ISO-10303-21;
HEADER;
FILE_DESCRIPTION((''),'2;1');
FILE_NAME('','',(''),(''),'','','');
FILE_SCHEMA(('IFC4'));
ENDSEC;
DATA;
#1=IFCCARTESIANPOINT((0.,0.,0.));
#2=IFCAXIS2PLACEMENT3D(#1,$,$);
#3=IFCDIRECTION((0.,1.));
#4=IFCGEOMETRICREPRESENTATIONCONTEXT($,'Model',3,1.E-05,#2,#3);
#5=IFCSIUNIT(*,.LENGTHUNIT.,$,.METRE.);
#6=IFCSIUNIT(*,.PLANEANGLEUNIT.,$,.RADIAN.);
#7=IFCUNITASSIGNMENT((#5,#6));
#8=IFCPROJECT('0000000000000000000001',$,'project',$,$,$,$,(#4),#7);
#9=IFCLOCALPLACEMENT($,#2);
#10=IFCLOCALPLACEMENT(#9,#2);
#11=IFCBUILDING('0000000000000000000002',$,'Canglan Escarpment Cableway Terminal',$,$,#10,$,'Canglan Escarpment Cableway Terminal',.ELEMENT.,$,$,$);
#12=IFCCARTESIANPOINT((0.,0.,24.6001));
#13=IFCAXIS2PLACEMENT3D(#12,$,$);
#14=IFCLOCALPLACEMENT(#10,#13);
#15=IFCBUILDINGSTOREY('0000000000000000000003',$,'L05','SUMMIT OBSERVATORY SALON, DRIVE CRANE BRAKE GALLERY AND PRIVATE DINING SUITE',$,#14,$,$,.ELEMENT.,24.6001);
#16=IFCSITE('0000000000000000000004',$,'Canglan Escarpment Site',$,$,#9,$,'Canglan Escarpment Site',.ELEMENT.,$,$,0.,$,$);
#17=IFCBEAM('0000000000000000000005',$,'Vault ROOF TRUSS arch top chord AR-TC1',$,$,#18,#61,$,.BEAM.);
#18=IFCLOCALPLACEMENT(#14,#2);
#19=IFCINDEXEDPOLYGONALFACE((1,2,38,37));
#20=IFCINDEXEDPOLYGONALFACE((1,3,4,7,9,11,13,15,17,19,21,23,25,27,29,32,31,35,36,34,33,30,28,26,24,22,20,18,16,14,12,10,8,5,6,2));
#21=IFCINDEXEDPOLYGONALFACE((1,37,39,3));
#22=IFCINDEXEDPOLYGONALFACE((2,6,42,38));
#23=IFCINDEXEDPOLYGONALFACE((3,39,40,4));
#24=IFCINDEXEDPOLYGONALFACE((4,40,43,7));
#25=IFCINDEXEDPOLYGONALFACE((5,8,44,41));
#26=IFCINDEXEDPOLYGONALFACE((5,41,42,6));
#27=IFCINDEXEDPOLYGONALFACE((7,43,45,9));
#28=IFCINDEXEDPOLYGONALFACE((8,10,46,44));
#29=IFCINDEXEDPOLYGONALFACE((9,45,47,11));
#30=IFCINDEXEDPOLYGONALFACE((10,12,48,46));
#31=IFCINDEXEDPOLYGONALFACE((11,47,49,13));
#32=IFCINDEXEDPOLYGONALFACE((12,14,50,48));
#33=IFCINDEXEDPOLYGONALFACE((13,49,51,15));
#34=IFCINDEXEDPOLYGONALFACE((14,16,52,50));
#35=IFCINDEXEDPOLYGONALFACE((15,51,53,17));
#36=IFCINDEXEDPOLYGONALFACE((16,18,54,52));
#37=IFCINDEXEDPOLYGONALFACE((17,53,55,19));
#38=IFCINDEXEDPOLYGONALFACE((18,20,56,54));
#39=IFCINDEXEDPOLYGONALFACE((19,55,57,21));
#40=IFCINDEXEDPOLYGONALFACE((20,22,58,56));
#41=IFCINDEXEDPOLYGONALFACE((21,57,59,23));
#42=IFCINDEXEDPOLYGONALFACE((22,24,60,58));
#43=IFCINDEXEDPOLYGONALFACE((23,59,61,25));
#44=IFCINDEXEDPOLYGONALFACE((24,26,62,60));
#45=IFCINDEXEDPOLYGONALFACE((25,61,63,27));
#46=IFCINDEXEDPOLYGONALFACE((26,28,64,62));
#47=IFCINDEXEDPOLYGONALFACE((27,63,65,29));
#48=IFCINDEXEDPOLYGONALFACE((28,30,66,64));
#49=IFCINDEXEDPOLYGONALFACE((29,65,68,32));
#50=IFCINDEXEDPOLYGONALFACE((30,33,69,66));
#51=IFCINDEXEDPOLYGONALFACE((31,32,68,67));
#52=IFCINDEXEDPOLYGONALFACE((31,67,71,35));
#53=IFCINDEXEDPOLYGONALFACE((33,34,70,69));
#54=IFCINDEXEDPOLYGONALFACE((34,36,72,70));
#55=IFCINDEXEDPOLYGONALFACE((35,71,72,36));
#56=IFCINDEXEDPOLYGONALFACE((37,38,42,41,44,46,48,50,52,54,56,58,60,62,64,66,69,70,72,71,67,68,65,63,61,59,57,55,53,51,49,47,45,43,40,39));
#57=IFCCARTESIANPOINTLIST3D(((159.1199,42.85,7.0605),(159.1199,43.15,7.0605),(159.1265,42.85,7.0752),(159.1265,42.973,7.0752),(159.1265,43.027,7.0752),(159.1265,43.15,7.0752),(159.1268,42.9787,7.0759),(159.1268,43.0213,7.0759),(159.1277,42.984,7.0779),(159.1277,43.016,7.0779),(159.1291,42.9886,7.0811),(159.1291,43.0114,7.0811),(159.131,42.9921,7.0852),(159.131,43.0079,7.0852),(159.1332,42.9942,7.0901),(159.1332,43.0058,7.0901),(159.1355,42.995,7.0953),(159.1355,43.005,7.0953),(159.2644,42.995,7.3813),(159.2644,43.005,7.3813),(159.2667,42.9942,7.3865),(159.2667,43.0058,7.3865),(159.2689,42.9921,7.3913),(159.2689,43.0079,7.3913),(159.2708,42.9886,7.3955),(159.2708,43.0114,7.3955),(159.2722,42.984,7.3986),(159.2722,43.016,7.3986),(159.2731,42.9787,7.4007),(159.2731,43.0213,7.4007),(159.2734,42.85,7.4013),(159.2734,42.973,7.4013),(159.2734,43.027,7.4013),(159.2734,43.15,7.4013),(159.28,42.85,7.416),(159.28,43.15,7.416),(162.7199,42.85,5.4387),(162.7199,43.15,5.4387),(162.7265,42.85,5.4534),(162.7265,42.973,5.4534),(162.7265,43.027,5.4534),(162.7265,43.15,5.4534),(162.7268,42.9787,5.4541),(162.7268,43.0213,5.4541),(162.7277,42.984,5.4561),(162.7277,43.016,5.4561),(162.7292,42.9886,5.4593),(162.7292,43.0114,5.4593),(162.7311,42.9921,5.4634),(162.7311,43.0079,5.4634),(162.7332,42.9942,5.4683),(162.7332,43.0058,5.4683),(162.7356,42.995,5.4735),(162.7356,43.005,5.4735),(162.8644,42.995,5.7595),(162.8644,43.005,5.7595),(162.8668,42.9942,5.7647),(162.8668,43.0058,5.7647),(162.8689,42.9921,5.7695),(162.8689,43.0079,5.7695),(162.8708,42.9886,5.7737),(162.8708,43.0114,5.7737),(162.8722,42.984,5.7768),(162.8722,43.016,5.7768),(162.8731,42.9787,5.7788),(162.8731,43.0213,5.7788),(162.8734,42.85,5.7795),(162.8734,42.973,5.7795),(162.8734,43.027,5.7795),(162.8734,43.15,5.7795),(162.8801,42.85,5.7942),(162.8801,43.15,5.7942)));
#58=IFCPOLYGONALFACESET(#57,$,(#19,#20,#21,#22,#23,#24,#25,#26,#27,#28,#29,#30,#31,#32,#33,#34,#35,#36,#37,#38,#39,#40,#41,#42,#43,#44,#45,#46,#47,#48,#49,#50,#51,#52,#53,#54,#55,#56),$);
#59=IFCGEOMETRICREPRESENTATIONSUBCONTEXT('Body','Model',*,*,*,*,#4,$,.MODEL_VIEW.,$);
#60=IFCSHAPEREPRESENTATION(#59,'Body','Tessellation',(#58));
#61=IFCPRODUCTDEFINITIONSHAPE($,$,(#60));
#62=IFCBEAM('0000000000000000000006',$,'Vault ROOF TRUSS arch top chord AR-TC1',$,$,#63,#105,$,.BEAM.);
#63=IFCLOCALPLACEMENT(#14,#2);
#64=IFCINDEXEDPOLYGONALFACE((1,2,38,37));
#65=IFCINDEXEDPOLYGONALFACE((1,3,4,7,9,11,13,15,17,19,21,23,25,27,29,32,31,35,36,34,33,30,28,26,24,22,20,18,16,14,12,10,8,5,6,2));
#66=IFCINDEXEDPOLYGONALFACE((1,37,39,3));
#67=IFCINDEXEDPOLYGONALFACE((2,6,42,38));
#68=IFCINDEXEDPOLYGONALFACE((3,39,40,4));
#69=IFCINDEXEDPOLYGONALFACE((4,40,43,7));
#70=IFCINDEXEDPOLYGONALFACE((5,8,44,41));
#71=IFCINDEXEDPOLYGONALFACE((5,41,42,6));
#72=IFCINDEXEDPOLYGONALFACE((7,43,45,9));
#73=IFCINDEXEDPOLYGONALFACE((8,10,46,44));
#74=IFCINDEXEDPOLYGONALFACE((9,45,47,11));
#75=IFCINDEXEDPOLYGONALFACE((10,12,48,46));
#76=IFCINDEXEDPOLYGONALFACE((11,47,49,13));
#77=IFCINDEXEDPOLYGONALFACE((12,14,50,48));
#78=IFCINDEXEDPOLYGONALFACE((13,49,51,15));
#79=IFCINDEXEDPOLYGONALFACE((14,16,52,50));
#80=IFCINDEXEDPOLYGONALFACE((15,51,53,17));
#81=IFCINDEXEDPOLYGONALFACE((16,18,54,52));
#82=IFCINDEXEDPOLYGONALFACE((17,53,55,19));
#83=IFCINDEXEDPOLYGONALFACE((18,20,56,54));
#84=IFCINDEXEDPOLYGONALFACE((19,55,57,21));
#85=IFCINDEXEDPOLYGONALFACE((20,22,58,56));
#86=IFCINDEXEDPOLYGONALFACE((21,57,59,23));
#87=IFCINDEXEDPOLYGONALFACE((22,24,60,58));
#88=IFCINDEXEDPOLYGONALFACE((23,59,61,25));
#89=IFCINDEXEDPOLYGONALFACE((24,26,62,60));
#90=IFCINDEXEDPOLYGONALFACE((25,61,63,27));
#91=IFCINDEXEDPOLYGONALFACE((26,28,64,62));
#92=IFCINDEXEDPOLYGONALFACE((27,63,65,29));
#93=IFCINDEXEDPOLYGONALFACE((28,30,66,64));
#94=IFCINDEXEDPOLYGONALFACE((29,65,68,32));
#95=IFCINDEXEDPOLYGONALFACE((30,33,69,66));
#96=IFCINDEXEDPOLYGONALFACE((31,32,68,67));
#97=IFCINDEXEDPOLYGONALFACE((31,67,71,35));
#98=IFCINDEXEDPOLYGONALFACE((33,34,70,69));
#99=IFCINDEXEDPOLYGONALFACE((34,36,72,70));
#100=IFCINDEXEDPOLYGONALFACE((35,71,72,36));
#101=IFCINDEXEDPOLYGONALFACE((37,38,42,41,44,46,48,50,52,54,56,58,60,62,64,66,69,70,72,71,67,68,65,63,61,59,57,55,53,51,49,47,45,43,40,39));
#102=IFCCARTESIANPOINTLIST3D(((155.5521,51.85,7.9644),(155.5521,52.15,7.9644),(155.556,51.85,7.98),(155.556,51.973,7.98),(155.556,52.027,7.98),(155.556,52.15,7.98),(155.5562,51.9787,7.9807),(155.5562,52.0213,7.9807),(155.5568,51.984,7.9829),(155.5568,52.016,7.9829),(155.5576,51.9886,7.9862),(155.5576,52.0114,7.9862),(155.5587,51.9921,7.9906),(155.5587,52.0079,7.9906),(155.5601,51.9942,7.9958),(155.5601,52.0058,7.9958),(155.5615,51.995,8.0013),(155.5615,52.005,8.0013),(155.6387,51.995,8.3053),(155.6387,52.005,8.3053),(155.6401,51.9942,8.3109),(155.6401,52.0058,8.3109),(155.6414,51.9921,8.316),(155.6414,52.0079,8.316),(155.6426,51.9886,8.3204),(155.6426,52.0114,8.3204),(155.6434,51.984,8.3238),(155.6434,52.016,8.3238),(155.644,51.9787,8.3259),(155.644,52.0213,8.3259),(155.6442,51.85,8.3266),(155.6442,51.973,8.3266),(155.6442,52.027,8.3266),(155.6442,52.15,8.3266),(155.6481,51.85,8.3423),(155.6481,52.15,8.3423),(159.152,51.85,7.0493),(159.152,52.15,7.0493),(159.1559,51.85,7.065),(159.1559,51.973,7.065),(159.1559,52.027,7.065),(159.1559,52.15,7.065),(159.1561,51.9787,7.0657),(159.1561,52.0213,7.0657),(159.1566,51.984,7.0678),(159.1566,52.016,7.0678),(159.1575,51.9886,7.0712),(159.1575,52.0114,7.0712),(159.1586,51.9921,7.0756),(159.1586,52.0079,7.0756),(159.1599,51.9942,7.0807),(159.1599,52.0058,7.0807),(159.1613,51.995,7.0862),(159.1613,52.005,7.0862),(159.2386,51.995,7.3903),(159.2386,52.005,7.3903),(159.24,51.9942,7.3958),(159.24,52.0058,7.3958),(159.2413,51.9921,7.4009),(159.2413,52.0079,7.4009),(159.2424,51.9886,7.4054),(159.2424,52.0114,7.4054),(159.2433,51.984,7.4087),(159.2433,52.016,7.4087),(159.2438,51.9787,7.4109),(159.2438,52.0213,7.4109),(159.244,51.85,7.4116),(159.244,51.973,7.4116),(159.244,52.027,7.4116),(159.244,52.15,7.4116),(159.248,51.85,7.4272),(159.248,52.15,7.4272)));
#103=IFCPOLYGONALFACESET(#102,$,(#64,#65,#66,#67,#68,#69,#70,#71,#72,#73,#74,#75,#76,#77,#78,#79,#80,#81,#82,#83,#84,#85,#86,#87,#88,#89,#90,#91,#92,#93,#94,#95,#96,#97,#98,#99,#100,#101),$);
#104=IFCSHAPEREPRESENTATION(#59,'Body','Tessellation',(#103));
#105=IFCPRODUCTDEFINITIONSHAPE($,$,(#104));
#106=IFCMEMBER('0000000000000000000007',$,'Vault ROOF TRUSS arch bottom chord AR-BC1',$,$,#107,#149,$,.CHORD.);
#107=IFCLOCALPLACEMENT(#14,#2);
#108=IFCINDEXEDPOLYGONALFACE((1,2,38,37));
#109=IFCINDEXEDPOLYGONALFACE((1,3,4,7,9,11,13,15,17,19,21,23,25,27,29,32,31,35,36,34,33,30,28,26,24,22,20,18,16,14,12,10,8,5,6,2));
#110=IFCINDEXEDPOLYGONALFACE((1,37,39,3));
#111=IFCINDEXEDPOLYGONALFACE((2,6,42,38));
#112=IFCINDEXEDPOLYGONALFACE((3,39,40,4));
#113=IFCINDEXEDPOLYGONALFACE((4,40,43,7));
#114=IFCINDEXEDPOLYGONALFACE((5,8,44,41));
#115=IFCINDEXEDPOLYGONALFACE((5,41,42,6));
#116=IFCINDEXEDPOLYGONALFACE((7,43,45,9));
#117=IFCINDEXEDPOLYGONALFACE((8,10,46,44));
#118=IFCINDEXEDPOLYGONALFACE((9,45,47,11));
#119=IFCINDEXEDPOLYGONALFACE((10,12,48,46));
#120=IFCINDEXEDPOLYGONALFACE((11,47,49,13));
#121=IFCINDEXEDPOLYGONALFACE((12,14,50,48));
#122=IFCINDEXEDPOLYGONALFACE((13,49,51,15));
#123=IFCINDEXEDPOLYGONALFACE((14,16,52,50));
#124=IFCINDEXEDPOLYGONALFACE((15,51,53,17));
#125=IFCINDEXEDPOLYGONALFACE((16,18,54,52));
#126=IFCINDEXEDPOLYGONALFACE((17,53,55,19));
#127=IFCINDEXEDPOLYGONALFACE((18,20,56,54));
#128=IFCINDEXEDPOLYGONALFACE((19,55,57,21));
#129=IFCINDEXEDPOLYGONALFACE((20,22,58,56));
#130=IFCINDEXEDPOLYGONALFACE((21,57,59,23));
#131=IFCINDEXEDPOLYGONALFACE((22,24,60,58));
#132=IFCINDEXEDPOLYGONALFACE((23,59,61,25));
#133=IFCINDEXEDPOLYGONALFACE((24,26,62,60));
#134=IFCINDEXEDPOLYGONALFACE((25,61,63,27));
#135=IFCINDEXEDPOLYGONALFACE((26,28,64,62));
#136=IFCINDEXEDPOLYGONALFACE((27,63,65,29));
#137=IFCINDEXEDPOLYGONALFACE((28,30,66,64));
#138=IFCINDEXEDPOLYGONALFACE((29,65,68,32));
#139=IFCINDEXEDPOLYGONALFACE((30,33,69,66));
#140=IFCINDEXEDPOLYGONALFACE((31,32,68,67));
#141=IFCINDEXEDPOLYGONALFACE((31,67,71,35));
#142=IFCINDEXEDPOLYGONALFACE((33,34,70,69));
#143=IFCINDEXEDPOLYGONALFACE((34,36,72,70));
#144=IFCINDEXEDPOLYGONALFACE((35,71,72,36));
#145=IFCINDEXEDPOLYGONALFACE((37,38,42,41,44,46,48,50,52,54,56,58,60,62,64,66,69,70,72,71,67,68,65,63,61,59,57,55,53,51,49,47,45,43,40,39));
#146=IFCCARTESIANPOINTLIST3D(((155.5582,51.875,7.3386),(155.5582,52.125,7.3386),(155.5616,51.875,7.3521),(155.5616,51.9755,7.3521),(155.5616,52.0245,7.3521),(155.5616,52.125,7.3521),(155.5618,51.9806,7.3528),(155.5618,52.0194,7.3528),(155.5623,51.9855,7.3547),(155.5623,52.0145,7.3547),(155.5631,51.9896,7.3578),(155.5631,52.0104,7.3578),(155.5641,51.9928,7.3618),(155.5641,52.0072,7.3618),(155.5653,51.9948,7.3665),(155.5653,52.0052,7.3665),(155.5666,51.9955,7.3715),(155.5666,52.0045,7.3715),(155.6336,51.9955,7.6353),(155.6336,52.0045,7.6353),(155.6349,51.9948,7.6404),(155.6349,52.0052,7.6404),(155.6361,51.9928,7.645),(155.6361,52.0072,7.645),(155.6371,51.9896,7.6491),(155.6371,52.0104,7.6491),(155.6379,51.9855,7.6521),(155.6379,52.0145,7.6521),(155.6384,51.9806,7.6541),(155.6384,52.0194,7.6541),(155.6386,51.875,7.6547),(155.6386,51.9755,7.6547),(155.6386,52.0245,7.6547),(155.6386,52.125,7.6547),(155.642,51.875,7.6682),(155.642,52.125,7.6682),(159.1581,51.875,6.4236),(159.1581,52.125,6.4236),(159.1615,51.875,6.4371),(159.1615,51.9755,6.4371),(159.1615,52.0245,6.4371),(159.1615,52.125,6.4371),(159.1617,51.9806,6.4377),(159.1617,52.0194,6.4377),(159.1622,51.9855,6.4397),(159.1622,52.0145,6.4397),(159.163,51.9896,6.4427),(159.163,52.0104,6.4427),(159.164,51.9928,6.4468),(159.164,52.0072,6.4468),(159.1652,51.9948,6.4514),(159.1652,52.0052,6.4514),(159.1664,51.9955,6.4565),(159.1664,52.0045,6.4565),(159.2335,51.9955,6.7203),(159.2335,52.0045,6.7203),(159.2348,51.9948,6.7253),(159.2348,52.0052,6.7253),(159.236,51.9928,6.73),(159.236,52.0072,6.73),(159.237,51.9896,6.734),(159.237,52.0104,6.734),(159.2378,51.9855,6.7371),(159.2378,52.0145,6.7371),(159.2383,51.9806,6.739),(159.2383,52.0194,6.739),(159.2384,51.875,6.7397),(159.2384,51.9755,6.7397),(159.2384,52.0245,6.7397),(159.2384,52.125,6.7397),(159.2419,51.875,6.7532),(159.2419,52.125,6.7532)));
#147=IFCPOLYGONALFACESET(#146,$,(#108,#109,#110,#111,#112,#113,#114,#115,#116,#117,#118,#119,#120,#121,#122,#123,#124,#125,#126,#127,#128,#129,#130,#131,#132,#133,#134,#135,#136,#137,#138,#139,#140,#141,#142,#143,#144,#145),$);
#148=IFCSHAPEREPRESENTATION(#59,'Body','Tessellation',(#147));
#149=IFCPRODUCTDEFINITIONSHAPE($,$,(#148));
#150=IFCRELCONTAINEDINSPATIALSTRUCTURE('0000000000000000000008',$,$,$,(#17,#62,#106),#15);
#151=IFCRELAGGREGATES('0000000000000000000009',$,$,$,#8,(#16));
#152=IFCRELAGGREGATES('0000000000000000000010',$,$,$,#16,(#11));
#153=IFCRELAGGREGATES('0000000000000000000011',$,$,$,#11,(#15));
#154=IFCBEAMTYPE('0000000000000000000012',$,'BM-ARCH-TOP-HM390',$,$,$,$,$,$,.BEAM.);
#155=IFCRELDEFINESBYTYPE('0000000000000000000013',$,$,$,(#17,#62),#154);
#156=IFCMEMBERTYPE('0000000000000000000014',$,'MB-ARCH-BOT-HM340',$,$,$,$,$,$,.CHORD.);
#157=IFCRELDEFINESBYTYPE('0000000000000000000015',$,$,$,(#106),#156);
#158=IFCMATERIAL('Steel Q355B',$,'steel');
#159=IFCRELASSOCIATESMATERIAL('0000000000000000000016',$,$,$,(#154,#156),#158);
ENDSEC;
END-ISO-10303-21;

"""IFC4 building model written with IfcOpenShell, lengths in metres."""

from ifc_helpers import new_model, si_unit, direction, frame, origin, origin_2d, place, context, subcontext, project, spatial, i_section, extrude, material, material_profile, profile_set, type_object, element, save


model = new_model("IFC4")

# Units and contexts
model_context = context("Model", 3, precision=1e-05, world=origin(), true_north=direction((0.0, 1.0)))
body_context = subcontext(model_context, "Body", "Model", "MODEL_VIEW")
ifc_project = project(units=[si_unit("LENGTHUNIT", "METRE"), si_unit("PLANEANGLEUNIT", "RADIAN")], contexts=[model_context])

# Site, building, storey
site_placement = place(None, origin())
site = spatial("IfcSite", under=ifc_project, at=site_placement, Name="Canglan Escarpment Site", LongName="Canglan Escarpment Site", CompositionType="ELEMENT", RefElevation=0.0)
building_placement = place(site_placement, origin())
building = spatial("IfcBuilding", under=site, at=building_placement, Name="Canglan Escarpment Cableway Terminal", LongName="Canglan Escarpment Cableway Terminal", CompositionType="ELEMENT")
storey_placement = place(building_placement, frame((0.0, 0.0, 24.6001)))
storey = spatial("IfcBuildingStorey", under=building, at=storey_placement, Name="L05", Description="SUMMIT OBSERVATORY SALON, DRIVE CRANE BRAKE GALLERY AND PRIVATE DINING SUITE", CompositionType="ELEMENT", Elevation=24.6001)

# Beams
ifc_material_1 = material(Name="Steel Q355B", Category="steel")
ifc_material_profile_1 = material_profile(ifc_material_1, i_section(OverallWidth=0.3, OverallDepth=0.3899, WebThickness=0.01, FlangeThickness=0.0161, FilletRadius=0.022, at=origin_2d()), Name="HM 390x300x10x16")
ifc_profile_set_1 = profile_set([ifc_material_profile_1], Name="Steel Q355B")
beam_type = type_object("IfcBeamType", Name="BM-ARCH-TOP-HM390", PredefinedType="BEAM", material=ifc_profile_set_1)
beam_1_placement = place(storey_placement, frame((159.2, 43.0, 7.2383), z_axis=(0.911753, 0.0, -0.41074), x_axis=(0.0, 1.0, 0.0)))
element("IfcBeam", 1, at=beam_1_placement, inside=storey, type_object=beam_type, Name="Vault ROOF TRUSS arch top chord AR-TC1", PredefinedType="BEAM", context=body_context, shape_type="SweptSolid", body=[
    extrude(i_section(OverallWidth=0.3, OverallDepth=0.3899, WebThickness=0.01, FlangeThickness=0.0161, FilletRadius=0.022, at=origin_2d()), origin(), (0.0, 0.0, 1.0), 3.9485),
])
beam_2_placement = place(storey_placement, frame((155.6001, 52.0, 8.1533), z_axis=(0.96918, 0.0, -0.246354), x_axis=(0.0, 1.0, 0.0)))
element("IfcBeam", 2, at=beam_2_placement, inside=storey, type_object=beam_type, Name="Vault ROOF TRUSS arch top chord AR-TC1", PredefinedType="BEAM", context=body_context, shape_type="SweptSolid", body=[
    extrude(i_section(OverallWidth=0.3, OverallDepth=0.3899, WebThickness=0.01, FlangeThickness=0.0161, FilletRadius=0.022, at=origin_2d()), origin(), (0.0, 0.0, 1.0), 3.7144),
])

# Member
ifc_material_profile_2 = material_profile(ifc_material_1, i_section(OverallWidth=0.25, OverallDepth=0.3401, WebThickness=0.009, FlangeThickness=0.0139, FilletRadius=0.02, at=origin_2d()), Name="HM 340x250x9x14")
ifc_profile_set_2 = profile_set([ifc_material_profile_2], Name="Steel Q355B")
member_type_1 = type_object("IfcMemberType", Name="MB-ARCH-BOT-HM340", PredefinedType="CHORD", material=ifc_profile_set_2)
member_1_placement = place(storey_placement, frame((155.6001, 52.0, 7.5034), z_axis=(0.96918, 0.0, -0.246354), x_axis=(0.0, 1.0, 0.0)))
element("IfcMember", 3, at=member_1_placement, inside=storey, type_object=member_type_1, Name="Vault ROOF TRUSS arch bottom chord AR-BC1", PredefinedType="CHORD", context=body_context, shape_type="SweptSolid", body=[
    extrude(i_section(OverallWidth=0.25, OverallDepth=0.3401, WebThickness=0.009, FlangeThickness=0.0139, FilletRadius=0.02, at=origin_2d()), origin(), (0.0, 0.0, 1.0), 3.7144),
])

save(model, "model.ifc")
